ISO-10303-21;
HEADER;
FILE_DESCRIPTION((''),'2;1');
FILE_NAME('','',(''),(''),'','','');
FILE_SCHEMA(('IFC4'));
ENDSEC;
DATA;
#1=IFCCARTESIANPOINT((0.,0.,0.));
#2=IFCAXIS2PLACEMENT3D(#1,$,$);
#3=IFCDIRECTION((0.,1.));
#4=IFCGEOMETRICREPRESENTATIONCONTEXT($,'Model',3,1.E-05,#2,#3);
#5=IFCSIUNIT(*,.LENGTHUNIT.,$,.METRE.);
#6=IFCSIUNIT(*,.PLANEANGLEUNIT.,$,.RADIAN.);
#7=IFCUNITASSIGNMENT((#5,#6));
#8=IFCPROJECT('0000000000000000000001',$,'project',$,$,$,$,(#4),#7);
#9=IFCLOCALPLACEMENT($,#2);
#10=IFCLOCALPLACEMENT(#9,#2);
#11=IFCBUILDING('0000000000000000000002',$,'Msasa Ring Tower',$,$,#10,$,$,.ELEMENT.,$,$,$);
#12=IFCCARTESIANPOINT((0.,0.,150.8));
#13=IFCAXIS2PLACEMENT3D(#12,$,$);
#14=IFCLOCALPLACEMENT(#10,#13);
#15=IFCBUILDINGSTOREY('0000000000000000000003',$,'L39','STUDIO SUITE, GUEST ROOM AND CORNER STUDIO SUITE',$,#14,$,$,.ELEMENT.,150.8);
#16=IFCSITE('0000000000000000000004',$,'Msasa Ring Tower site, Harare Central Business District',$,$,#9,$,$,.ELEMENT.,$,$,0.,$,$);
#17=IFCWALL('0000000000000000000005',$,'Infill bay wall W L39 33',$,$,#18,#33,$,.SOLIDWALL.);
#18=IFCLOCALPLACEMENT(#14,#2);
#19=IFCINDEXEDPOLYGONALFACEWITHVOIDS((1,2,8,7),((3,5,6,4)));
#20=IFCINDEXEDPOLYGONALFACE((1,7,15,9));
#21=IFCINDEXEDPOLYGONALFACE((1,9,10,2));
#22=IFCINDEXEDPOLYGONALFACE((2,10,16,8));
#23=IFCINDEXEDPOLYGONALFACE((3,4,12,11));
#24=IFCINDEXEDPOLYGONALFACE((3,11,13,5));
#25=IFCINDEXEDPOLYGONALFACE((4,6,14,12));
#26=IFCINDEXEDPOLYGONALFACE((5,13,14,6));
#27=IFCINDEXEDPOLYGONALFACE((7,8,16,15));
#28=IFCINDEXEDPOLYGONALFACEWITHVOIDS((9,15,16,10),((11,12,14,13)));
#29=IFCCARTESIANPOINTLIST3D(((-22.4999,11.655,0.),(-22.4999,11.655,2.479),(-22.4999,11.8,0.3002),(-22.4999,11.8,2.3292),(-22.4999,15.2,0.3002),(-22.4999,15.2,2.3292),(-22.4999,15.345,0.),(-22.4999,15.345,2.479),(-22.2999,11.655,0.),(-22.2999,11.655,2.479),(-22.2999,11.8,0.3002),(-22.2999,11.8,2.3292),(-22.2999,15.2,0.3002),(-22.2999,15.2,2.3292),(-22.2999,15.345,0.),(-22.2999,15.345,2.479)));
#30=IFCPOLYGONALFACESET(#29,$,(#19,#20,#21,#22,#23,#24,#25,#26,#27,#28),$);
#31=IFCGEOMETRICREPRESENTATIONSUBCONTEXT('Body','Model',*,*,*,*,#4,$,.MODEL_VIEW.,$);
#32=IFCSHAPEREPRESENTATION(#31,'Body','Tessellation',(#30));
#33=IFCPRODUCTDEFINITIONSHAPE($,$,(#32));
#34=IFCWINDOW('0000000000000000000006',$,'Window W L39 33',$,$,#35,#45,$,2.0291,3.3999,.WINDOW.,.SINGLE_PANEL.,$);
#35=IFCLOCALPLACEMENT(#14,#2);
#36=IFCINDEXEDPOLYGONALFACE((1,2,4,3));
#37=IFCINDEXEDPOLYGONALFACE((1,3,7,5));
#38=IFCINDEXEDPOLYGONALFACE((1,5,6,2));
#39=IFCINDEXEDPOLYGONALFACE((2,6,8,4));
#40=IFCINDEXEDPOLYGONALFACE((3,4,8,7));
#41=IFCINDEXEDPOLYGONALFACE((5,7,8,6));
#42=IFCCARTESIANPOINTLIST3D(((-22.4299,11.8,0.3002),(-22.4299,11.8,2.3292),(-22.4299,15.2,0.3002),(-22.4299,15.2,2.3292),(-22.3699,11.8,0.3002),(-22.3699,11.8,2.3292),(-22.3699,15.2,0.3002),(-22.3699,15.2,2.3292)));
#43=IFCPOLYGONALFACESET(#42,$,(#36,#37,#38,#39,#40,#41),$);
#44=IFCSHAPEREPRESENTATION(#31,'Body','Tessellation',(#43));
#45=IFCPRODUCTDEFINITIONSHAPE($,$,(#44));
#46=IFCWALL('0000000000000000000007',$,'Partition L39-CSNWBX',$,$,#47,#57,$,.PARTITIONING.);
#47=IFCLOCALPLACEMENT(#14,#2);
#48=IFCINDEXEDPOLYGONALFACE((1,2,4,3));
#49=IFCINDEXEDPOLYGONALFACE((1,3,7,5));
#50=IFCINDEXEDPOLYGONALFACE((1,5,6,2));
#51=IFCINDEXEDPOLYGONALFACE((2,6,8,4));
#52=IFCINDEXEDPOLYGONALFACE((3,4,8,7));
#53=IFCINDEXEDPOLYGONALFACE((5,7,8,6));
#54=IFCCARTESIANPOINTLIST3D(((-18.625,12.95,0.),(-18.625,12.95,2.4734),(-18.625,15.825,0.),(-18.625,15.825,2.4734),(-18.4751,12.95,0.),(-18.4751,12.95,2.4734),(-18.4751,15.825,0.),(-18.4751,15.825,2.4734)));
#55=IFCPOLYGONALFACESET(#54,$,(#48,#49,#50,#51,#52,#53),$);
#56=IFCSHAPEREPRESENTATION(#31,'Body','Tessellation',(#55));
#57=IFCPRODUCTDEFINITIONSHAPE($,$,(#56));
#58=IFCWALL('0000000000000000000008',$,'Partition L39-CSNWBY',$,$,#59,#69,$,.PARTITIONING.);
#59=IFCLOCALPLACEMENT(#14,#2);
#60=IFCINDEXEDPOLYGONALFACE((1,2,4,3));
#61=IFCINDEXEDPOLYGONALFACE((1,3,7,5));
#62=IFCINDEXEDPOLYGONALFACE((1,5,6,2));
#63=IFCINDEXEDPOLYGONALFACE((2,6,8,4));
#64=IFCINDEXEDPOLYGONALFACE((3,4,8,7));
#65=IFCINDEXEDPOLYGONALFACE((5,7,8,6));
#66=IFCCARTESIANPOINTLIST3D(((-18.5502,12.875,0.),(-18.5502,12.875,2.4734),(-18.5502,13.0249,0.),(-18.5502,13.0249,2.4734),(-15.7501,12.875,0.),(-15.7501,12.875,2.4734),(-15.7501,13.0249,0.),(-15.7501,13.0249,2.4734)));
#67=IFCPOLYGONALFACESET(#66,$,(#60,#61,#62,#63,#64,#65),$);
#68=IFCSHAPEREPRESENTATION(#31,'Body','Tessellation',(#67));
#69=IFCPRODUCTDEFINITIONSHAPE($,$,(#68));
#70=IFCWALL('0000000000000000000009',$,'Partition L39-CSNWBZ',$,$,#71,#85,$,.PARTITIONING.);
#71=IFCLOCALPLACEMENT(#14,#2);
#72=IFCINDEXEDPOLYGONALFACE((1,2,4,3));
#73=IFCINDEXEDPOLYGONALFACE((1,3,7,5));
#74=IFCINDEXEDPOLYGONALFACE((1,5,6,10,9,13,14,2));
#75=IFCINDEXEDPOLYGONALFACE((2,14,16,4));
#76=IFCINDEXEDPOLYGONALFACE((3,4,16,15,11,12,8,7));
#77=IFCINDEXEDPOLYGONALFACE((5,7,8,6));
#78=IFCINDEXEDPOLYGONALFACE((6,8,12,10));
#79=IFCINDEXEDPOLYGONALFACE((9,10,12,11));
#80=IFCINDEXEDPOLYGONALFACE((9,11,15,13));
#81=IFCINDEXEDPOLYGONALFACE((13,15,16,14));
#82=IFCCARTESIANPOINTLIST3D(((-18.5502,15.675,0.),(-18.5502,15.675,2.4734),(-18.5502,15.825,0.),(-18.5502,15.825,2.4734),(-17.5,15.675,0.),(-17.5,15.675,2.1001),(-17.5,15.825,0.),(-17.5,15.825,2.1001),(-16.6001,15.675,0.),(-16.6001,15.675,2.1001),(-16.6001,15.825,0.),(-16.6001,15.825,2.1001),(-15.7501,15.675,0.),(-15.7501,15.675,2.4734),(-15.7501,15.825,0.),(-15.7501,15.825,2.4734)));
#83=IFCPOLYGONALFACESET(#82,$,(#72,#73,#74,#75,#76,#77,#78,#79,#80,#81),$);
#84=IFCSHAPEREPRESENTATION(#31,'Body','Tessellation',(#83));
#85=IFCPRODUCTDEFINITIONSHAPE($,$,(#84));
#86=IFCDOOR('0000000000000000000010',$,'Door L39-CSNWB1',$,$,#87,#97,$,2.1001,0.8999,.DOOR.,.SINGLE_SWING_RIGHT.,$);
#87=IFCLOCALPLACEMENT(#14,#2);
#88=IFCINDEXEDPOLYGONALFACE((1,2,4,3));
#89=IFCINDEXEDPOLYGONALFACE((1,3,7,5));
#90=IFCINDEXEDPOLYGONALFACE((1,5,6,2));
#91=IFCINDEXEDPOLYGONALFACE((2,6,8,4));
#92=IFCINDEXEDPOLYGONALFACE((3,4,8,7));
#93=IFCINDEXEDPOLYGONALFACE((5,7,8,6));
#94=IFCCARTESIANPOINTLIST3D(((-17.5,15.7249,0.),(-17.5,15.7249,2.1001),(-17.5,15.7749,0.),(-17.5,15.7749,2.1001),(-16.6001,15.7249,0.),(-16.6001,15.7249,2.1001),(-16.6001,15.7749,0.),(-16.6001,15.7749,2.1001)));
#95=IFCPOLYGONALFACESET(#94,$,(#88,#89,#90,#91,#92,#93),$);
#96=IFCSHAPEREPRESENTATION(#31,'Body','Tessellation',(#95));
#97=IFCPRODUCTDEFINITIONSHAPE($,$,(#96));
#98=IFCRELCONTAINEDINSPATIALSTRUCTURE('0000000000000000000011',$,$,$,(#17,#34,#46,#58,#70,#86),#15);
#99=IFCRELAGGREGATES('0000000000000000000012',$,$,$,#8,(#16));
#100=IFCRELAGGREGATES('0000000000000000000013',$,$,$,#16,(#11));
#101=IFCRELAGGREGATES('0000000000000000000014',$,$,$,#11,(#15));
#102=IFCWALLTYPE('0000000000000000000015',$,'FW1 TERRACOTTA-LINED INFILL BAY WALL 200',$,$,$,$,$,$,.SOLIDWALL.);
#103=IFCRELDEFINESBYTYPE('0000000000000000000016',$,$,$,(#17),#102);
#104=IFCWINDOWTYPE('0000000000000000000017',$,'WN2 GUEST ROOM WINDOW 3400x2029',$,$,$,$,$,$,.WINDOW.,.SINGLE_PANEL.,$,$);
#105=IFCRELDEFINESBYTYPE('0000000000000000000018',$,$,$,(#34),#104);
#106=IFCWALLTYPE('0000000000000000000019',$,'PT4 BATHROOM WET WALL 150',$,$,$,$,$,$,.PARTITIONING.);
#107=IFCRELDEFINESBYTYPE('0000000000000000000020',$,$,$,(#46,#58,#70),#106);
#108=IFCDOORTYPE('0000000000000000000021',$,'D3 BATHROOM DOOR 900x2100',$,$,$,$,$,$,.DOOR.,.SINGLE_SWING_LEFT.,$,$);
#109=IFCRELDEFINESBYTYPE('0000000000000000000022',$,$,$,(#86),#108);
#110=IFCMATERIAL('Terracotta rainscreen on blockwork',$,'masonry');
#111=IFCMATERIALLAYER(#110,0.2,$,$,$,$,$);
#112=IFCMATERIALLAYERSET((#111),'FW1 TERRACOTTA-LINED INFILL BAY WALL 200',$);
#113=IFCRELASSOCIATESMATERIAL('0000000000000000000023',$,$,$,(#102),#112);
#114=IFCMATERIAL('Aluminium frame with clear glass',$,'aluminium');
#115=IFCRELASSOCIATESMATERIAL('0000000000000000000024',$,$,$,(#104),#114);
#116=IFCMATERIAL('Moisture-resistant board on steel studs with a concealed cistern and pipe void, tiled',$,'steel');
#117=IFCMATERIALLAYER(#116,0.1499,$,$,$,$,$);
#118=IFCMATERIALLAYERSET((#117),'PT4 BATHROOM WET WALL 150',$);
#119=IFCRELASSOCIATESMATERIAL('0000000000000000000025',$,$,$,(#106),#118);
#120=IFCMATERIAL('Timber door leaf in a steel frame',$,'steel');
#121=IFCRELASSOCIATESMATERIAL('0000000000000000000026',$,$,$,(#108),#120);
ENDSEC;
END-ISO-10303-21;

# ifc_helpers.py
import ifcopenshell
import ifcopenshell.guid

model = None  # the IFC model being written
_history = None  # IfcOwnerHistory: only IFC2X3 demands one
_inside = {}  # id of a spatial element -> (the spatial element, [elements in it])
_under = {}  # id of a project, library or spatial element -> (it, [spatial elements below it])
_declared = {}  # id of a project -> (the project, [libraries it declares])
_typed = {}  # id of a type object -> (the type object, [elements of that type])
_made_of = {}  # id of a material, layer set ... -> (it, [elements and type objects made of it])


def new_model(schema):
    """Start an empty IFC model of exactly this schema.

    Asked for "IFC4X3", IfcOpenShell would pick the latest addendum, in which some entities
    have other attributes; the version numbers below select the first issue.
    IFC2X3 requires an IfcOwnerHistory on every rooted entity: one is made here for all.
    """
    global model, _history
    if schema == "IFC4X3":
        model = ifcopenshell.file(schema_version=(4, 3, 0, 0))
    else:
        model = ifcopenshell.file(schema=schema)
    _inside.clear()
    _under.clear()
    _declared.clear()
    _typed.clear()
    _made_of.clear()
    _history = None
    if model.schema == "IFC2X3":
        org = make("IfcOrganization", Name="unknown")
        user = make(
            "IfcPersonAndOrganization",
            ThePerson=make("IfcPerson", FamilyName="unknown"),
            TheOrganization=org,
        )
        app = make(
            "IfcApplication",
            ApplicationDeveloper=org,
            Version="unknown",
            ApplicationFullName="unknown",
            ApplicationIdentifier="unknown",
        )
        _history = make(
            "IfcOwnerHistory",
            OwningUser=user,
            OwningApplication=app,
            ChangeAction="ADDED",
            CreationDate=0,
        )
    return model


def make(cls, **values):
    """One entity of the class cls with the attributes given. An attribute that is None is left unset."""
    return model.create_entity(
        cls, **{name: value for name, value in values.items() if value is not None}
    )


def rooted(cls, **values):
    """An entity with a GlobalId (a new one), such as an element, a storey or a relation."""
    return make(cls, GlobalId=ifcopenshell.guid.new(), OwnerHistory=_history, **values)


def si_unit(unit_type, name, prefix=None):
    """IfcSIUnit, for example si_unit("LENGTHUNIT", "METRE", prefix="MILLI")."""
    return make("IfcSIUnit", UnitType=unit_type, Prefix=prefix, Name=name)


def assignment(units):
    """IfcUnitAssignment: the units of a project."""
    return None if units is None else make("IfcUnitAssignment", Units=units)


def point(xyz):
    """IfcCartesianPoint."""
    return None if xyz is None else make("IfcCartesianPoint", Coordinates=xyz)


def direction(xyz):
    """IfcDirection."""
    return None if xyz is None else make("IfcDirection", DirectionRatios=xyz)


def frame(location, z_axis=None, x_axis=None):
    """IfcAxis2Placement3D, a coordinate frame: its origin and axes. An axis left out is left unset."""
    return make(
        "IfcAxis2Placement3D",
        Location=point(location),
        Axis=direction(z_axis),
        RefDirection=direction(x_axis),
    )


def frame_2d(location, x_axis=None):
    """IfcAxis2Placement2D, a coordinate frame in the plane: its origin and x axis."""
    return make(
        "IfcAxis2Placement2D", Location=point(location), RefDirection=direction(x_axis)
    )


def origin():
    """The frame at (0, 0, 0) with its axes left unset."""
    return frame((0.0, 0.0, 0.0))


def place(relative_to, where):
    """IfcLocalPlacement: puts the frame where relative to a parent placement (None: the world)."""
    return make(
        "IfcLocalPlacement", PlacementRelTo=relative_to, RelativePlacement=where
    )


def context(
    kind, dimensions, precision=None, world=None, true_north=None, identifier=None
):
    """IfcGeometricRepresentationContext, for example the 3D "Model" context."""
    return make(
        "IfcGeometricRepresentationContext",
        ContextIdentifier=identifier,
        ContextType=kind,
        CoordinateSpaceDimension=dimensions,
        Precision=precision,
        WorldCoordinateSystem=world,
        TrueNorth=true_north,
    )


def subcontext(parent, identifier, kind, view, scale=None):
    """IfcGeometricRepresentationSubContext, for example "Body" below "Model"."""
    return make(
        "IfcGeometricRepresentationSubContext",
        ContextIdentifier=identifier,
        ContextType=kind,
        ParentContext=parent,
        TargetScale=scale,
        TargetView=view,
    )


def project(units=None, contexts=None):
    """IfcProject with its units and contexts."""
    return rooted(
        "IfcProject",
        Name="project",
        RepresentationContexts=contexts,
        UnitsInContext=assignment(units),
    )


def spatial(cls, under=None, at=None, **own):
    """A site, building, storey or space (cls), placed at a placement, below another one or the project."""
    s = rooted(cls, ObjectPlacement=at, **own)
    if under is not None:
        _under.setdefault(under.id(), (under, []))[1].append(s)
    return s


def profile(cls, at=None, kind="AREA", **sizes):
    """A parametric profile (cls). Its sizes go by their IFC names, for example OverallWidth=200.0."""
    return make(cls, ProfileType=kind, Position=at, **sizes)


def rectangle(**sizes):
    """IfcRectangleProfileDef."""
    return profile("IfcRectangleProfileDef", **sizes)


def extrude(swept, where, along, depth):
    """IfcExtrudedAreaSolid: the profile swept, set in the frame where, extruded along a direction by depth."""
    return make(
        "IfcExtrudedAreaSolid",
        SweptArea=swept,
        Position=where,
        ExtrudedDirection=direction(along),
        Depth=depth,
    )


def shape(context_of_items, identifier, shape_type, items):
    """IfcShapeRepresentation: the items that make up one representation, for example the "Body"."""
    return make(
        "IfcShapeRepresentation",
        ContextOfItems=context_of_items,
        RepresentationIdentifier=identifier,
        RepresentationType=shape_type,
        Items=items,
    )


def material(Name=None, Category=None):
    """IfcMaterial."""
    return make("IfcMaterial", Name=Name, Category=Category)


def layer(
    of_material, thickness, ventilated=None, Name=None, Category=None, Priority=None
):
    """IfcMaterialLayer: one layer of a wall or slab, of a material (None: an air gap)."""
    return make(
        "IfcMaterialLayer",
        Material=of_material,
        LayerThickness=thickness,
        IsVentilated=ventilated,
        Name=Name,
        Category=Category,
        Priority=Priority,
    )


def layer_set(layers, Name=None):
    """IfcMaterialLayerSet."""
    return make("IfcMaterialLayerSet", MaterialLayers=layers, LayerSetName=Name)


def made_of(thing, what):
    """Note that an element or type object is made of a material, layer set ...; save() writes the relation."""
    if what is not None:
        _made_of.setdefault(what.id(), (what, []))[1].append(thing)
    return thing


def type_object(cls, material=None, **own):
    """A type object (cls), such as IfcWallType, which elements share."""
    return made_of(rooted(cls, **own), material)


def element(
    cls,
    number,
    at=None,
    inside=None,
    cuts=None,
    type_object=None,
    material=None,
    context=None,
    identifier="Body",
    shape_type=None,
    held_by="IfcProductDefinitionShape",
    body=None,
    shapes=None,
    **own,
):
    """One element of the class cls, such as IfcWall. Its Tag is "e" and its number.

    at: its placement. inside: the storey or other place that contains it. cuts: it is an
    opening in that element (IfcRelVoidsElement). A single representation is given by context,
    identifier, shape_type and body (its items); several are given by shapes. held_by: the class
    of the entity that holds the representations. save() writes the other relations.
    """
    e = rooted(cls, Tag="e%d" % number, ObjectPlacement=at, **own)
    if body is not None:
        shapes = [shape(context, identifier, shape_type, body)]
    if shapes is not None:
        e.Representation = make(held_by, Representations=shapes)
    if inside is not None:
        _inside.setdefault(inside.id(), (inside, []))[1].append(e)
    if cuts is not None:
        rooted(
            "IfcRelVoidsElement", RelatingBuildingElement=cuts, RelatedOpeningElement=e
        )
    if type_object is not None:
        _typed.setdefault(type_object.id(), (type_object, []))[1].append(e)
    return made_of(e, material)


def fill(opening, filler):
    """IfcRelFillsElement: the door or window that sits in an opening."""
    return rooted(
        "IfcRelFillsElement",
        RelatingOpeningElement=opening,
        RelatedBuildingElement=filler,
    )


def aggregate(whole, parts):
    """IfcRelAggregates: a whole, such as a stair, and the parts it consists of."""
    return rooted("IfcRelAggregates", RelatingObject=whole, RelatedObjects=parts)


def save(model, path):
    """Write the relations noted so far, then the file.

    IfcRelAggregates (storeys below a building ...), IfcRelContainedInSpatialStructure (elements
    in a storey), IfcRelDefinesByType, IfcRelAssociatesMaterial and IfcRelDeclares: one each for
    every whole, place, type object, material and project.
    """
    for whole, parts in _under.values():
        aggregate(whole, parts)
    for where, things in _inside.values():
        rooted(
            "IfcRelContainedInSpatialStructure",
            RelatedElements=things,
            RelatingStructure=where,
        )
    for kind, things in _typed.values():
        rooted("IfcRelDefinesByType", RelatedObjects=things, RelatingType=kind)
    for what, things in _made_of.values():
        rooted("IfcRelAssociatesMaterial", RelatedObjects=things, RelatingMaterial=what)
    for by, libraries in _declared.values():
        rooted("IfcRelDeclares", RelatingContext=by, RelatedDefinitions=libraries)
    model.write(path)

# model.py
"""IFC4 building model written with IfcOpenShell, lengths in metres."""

from ifc_helpers import new_model, si_unit, direction, frame, frame_2d, origin, place, context, subcontext, project, spatial, rectangle, extrude, material, layer, layer_set, type_object, element, fill, save


model = new_model("IFC4")

# Units and contexts
model_context = context("Model", 3, precision=1e-05, world=origin(), true_north=direction((0.0, 1.0)))
body_context = subcontext(model_context, "Body", "Model", "MODEL_VIEW")
ifc_project = project(units=[si_unit("LENGTHUNIT", "METRE"), si_unit("PLANEANGLEUNIT", "RADIAN")], contexts=[model_context])

# Site, building, storey
site_placement = place(None, origin())
site = spatial("IfcSite", under=ifc_project, at=site_placement, Name="Msasa Ring Tower site, Harare Central Business District", CompositionType="ELEMENT", RefElevation=0.0)
building_placement = place(site_placement, origin())
building = spatial("IfcBuilding", under=site, at=building_placement, Name="Msasa Ring Tower", CompositionType="ELEMENT")
storey_placement = place(building_placement, frame((0.0, 0.0, 150.8)))
storey = spatial("IfcBuildingStorey", under=building, at=storey_placement, Name="L39", Description="STUDIO SUITE, GUEST ROOM AND CORNER STUDIO SUITE", CompositionType="ELEMENT", Elevation=150.8)

# Wall, opening, window
ifc_material_1 = material(Name="Terracotta rainscreen on blockwork", Category="masonry")
ifc_layer_1 = layer(ifc_material_1, 0.2)
ifc_layer_set_1 = layer_set([ifc_layer_1], Name="FW1 TERRACOTTA-LINED INFILL BAY WALL 200")
wall_type_1 = type_object("IfcWallType", Name="FW1 TERRACOTTA-LINED INFILL BAY WALL 200", PredefinedType="SOLIDWALL", material=ifc_layer_set_1)
wall_1_placement = place(storey_placement, frame((-22.3999, 11.655, 0.0), z_axis=(0.0, 0.0, 1.0), x_axis=(0.0, 1.0, 0.0)))
wall_1 = element("IfcWall", 1, at=wall_1_placement, inside=storey, type_object=wall_type_1, Name="Infill bay wall W L39 33", PredefinedType="SOLIDWALL", context=body_context, shape_type="SweptSolid", body=[
    extrude(rectangle(XDim=3.6899, YDim=0.2, at=frame_2d((1.845, 0.0))), origin(), (0.0, 0.0, 1.0), 2.479),
])
opening_1_placement = place(wall_1_placement, frame((0.145, 0.0, 0.3)))
opening_1 = element("IfcOpeningElement", 2, at=opening_1_placement, cuts=wall_1, PredefinedType="OPENING", context=body_context, shape_type="SweptSolid", body=[
    extrude(rectangle(XDim=3.3999, YDim=2.0291, at=frame_2d((1.7, 1.0146))), frame((0.0, 0.1099, 0.0), z_axis=(0.0, -1.0, 0.0), x_axis=(1.0, 0.0, 0.0)), (0.0, 0.0, 1.0), 0.22),
])
ifc_material_2 = material(Name="Aluminium frame with clear glass", Category="aluminium")
window_type = type_object("IfcWindowType", Name="WN2 GUEST ROOM WINDOW 3400x2029", PartitioningType="SINGLE_PANEL", PredefinedType="WINDOW", material=ifc_material_2)
window_placement = place(opening_1_placement, origin())
window = element("IfcWindow", 3, at=window_placement, inside=storey, type_object=window_type, Name="Window W L39 33", OverallHeight=2.0291, OverallWidth=3.3999, PartitioningType="SINGLE_PANEL", PredefinedType="WINDOW", context=body_context, shape_type="SweptSolid", body=[
    extrude(rectangle(XDim=3.3999, YDim=2.0291, at=frame_2d((1.7, 1.0146))), frame((0.0, 0.03, 0.0), z_axis=(0.0, -1.0, 0.0), x_axis=(1.0, 0.0, 0.0)), (0.0, 0.0, 1.0), 0.0601),
])
fill(opening_1, window)

# Walls
ifc_material_3 = material(Name="Moisture-resistant board on steel studs with a concealed cistern and pipe void, tiled", Category="steel")
ifc_layer_2 = layer(ifc_material_3, 0.1499)
ifc_layer_set_2 = layer_set([ifc_layer_2], Name="PT4 BATHROOM WET WALL 150")
wall_type_2 = type_object("IfcWallType", Name="PT4 BATHROOM WET WALL 150", PredefinedType="PARTITIONING", material=ifc_layer_set_2)
wall_2_placement = place(storey_placement, frame((-18.55, 12.95, 0.0), z_axis=(0.0, 0.0, 1.0), x_axis=(0.0, 1.0, 0.0)))
element("IfcWall", 4, at=wall_2_placement, inside=storey, type_object=wall_type_2, Name="Partition L39-CSNWBX", PredefinedType="PARTITIONING", context=body_context, shape_type="SweptSolid", body=[
    extrude(rectangle(XDim=2.875, YDim=0.1499, at=frame_2d((1.4375, 0.0))), origin(), (0.0, 0.0, 1.0), 2.4734),
])
wall_3_placement = place(storey_placement, frame((-18.55, 12.95, 0.0), z_axis=(0.0, 0.0, 1.0), x_axis=(1.0, 0.0, 0.0)))
element("IfcWall", 5, at=wall_3_placement, inside=storey, type_object=wall_type_2, Name="Partition L39-CSNWBY", PredefinedType="PARTITIONING", context=body_context, shape_type="SweptSolid", body=[
    extrude(rectangle(XDim=2.8, YDim=0.1499, at=frame_2d((1.3999, 0.0))), origin(), (0.0, 0.0, 1.0), 2.4734),
])

# Wall, opening, door
wall_4_placement = place(storey_placement, frame((-18.55, 15.75, 0.0), z_axis=(0.0, 0.0, 1.0), x_axis=(1.0, 0.0, 0.0)))
wall_4 = element("IfcWall", 6, at=wall_4_placement, inside=storey, type_object=wall_type_2, Name="Partition L39-CSNWBZ", PredefinedType="PARTITIONING", context=body_context, shape_type="SweptSolid", body=[
    extrude(rectangle(XDim=2.8, YDim=0.1499, at=frame_2d((1.3999, 0.0))), origin(), (0.0, 0.0, 1.0), 2.4734),
])
opening_2_placement = place(wall_4_placement, frame((1.05, 0.0, 0.0)))
opening_2 = element("IfcOpeningElement", 7, at=opening_2_placement, cuts=wall_4, PredefinedType="OPENING", context=body_context, shape_type="SweptSolid", body=[
    extrude(rectangle(XDim=0.8999, YDim=2.1001, at=frame_2d((0.45, 1.05))), frame((0.0, 0.085, 0.0), z_axis=(0.0, -1.0, 0.0), x_axis=(1.0, 0.0, 0.0)), (0.0, 0.0, 1.0), 0.1699),
])
ifc_material_4 = material(Name="Timber door leaf in a steel frame", Category="steel")
door_type = type_object("IfcDoorType", Name="D3 BATHROOM DOOR 900x2100", OperationType="SINGLE_SWING_LEFT", PredefinedType="DOOR", material=ifc_material_4)
door_placement = place(opening_2_placement, origin())
door = element("IfcDoor", 8, at=door_placement, inside=storey, type_object=door_type, Name="Door L39-CSNWB1", OperationType="SINGLE_SWING_RIGHT", OverallHeight=2.1001, OverallWidth=0.8999, PredefinedType="DOOR", context=body_context, shape_type="SweptSolid", body=[
    extrude(rectangle(XDim=0.8999, YDim=2.1001, at=frame_2d((0.45, 1.05))), frame((0.0, 0.0249, 0.0), z_axis=(0.0, -1.0, 0.0), x_axis=(1.0, 0.0, 0.0)), (0.0, 0.0, 1.0), 0.05),
])
fill(opening_2, door)

save(model, "model.ifc")
